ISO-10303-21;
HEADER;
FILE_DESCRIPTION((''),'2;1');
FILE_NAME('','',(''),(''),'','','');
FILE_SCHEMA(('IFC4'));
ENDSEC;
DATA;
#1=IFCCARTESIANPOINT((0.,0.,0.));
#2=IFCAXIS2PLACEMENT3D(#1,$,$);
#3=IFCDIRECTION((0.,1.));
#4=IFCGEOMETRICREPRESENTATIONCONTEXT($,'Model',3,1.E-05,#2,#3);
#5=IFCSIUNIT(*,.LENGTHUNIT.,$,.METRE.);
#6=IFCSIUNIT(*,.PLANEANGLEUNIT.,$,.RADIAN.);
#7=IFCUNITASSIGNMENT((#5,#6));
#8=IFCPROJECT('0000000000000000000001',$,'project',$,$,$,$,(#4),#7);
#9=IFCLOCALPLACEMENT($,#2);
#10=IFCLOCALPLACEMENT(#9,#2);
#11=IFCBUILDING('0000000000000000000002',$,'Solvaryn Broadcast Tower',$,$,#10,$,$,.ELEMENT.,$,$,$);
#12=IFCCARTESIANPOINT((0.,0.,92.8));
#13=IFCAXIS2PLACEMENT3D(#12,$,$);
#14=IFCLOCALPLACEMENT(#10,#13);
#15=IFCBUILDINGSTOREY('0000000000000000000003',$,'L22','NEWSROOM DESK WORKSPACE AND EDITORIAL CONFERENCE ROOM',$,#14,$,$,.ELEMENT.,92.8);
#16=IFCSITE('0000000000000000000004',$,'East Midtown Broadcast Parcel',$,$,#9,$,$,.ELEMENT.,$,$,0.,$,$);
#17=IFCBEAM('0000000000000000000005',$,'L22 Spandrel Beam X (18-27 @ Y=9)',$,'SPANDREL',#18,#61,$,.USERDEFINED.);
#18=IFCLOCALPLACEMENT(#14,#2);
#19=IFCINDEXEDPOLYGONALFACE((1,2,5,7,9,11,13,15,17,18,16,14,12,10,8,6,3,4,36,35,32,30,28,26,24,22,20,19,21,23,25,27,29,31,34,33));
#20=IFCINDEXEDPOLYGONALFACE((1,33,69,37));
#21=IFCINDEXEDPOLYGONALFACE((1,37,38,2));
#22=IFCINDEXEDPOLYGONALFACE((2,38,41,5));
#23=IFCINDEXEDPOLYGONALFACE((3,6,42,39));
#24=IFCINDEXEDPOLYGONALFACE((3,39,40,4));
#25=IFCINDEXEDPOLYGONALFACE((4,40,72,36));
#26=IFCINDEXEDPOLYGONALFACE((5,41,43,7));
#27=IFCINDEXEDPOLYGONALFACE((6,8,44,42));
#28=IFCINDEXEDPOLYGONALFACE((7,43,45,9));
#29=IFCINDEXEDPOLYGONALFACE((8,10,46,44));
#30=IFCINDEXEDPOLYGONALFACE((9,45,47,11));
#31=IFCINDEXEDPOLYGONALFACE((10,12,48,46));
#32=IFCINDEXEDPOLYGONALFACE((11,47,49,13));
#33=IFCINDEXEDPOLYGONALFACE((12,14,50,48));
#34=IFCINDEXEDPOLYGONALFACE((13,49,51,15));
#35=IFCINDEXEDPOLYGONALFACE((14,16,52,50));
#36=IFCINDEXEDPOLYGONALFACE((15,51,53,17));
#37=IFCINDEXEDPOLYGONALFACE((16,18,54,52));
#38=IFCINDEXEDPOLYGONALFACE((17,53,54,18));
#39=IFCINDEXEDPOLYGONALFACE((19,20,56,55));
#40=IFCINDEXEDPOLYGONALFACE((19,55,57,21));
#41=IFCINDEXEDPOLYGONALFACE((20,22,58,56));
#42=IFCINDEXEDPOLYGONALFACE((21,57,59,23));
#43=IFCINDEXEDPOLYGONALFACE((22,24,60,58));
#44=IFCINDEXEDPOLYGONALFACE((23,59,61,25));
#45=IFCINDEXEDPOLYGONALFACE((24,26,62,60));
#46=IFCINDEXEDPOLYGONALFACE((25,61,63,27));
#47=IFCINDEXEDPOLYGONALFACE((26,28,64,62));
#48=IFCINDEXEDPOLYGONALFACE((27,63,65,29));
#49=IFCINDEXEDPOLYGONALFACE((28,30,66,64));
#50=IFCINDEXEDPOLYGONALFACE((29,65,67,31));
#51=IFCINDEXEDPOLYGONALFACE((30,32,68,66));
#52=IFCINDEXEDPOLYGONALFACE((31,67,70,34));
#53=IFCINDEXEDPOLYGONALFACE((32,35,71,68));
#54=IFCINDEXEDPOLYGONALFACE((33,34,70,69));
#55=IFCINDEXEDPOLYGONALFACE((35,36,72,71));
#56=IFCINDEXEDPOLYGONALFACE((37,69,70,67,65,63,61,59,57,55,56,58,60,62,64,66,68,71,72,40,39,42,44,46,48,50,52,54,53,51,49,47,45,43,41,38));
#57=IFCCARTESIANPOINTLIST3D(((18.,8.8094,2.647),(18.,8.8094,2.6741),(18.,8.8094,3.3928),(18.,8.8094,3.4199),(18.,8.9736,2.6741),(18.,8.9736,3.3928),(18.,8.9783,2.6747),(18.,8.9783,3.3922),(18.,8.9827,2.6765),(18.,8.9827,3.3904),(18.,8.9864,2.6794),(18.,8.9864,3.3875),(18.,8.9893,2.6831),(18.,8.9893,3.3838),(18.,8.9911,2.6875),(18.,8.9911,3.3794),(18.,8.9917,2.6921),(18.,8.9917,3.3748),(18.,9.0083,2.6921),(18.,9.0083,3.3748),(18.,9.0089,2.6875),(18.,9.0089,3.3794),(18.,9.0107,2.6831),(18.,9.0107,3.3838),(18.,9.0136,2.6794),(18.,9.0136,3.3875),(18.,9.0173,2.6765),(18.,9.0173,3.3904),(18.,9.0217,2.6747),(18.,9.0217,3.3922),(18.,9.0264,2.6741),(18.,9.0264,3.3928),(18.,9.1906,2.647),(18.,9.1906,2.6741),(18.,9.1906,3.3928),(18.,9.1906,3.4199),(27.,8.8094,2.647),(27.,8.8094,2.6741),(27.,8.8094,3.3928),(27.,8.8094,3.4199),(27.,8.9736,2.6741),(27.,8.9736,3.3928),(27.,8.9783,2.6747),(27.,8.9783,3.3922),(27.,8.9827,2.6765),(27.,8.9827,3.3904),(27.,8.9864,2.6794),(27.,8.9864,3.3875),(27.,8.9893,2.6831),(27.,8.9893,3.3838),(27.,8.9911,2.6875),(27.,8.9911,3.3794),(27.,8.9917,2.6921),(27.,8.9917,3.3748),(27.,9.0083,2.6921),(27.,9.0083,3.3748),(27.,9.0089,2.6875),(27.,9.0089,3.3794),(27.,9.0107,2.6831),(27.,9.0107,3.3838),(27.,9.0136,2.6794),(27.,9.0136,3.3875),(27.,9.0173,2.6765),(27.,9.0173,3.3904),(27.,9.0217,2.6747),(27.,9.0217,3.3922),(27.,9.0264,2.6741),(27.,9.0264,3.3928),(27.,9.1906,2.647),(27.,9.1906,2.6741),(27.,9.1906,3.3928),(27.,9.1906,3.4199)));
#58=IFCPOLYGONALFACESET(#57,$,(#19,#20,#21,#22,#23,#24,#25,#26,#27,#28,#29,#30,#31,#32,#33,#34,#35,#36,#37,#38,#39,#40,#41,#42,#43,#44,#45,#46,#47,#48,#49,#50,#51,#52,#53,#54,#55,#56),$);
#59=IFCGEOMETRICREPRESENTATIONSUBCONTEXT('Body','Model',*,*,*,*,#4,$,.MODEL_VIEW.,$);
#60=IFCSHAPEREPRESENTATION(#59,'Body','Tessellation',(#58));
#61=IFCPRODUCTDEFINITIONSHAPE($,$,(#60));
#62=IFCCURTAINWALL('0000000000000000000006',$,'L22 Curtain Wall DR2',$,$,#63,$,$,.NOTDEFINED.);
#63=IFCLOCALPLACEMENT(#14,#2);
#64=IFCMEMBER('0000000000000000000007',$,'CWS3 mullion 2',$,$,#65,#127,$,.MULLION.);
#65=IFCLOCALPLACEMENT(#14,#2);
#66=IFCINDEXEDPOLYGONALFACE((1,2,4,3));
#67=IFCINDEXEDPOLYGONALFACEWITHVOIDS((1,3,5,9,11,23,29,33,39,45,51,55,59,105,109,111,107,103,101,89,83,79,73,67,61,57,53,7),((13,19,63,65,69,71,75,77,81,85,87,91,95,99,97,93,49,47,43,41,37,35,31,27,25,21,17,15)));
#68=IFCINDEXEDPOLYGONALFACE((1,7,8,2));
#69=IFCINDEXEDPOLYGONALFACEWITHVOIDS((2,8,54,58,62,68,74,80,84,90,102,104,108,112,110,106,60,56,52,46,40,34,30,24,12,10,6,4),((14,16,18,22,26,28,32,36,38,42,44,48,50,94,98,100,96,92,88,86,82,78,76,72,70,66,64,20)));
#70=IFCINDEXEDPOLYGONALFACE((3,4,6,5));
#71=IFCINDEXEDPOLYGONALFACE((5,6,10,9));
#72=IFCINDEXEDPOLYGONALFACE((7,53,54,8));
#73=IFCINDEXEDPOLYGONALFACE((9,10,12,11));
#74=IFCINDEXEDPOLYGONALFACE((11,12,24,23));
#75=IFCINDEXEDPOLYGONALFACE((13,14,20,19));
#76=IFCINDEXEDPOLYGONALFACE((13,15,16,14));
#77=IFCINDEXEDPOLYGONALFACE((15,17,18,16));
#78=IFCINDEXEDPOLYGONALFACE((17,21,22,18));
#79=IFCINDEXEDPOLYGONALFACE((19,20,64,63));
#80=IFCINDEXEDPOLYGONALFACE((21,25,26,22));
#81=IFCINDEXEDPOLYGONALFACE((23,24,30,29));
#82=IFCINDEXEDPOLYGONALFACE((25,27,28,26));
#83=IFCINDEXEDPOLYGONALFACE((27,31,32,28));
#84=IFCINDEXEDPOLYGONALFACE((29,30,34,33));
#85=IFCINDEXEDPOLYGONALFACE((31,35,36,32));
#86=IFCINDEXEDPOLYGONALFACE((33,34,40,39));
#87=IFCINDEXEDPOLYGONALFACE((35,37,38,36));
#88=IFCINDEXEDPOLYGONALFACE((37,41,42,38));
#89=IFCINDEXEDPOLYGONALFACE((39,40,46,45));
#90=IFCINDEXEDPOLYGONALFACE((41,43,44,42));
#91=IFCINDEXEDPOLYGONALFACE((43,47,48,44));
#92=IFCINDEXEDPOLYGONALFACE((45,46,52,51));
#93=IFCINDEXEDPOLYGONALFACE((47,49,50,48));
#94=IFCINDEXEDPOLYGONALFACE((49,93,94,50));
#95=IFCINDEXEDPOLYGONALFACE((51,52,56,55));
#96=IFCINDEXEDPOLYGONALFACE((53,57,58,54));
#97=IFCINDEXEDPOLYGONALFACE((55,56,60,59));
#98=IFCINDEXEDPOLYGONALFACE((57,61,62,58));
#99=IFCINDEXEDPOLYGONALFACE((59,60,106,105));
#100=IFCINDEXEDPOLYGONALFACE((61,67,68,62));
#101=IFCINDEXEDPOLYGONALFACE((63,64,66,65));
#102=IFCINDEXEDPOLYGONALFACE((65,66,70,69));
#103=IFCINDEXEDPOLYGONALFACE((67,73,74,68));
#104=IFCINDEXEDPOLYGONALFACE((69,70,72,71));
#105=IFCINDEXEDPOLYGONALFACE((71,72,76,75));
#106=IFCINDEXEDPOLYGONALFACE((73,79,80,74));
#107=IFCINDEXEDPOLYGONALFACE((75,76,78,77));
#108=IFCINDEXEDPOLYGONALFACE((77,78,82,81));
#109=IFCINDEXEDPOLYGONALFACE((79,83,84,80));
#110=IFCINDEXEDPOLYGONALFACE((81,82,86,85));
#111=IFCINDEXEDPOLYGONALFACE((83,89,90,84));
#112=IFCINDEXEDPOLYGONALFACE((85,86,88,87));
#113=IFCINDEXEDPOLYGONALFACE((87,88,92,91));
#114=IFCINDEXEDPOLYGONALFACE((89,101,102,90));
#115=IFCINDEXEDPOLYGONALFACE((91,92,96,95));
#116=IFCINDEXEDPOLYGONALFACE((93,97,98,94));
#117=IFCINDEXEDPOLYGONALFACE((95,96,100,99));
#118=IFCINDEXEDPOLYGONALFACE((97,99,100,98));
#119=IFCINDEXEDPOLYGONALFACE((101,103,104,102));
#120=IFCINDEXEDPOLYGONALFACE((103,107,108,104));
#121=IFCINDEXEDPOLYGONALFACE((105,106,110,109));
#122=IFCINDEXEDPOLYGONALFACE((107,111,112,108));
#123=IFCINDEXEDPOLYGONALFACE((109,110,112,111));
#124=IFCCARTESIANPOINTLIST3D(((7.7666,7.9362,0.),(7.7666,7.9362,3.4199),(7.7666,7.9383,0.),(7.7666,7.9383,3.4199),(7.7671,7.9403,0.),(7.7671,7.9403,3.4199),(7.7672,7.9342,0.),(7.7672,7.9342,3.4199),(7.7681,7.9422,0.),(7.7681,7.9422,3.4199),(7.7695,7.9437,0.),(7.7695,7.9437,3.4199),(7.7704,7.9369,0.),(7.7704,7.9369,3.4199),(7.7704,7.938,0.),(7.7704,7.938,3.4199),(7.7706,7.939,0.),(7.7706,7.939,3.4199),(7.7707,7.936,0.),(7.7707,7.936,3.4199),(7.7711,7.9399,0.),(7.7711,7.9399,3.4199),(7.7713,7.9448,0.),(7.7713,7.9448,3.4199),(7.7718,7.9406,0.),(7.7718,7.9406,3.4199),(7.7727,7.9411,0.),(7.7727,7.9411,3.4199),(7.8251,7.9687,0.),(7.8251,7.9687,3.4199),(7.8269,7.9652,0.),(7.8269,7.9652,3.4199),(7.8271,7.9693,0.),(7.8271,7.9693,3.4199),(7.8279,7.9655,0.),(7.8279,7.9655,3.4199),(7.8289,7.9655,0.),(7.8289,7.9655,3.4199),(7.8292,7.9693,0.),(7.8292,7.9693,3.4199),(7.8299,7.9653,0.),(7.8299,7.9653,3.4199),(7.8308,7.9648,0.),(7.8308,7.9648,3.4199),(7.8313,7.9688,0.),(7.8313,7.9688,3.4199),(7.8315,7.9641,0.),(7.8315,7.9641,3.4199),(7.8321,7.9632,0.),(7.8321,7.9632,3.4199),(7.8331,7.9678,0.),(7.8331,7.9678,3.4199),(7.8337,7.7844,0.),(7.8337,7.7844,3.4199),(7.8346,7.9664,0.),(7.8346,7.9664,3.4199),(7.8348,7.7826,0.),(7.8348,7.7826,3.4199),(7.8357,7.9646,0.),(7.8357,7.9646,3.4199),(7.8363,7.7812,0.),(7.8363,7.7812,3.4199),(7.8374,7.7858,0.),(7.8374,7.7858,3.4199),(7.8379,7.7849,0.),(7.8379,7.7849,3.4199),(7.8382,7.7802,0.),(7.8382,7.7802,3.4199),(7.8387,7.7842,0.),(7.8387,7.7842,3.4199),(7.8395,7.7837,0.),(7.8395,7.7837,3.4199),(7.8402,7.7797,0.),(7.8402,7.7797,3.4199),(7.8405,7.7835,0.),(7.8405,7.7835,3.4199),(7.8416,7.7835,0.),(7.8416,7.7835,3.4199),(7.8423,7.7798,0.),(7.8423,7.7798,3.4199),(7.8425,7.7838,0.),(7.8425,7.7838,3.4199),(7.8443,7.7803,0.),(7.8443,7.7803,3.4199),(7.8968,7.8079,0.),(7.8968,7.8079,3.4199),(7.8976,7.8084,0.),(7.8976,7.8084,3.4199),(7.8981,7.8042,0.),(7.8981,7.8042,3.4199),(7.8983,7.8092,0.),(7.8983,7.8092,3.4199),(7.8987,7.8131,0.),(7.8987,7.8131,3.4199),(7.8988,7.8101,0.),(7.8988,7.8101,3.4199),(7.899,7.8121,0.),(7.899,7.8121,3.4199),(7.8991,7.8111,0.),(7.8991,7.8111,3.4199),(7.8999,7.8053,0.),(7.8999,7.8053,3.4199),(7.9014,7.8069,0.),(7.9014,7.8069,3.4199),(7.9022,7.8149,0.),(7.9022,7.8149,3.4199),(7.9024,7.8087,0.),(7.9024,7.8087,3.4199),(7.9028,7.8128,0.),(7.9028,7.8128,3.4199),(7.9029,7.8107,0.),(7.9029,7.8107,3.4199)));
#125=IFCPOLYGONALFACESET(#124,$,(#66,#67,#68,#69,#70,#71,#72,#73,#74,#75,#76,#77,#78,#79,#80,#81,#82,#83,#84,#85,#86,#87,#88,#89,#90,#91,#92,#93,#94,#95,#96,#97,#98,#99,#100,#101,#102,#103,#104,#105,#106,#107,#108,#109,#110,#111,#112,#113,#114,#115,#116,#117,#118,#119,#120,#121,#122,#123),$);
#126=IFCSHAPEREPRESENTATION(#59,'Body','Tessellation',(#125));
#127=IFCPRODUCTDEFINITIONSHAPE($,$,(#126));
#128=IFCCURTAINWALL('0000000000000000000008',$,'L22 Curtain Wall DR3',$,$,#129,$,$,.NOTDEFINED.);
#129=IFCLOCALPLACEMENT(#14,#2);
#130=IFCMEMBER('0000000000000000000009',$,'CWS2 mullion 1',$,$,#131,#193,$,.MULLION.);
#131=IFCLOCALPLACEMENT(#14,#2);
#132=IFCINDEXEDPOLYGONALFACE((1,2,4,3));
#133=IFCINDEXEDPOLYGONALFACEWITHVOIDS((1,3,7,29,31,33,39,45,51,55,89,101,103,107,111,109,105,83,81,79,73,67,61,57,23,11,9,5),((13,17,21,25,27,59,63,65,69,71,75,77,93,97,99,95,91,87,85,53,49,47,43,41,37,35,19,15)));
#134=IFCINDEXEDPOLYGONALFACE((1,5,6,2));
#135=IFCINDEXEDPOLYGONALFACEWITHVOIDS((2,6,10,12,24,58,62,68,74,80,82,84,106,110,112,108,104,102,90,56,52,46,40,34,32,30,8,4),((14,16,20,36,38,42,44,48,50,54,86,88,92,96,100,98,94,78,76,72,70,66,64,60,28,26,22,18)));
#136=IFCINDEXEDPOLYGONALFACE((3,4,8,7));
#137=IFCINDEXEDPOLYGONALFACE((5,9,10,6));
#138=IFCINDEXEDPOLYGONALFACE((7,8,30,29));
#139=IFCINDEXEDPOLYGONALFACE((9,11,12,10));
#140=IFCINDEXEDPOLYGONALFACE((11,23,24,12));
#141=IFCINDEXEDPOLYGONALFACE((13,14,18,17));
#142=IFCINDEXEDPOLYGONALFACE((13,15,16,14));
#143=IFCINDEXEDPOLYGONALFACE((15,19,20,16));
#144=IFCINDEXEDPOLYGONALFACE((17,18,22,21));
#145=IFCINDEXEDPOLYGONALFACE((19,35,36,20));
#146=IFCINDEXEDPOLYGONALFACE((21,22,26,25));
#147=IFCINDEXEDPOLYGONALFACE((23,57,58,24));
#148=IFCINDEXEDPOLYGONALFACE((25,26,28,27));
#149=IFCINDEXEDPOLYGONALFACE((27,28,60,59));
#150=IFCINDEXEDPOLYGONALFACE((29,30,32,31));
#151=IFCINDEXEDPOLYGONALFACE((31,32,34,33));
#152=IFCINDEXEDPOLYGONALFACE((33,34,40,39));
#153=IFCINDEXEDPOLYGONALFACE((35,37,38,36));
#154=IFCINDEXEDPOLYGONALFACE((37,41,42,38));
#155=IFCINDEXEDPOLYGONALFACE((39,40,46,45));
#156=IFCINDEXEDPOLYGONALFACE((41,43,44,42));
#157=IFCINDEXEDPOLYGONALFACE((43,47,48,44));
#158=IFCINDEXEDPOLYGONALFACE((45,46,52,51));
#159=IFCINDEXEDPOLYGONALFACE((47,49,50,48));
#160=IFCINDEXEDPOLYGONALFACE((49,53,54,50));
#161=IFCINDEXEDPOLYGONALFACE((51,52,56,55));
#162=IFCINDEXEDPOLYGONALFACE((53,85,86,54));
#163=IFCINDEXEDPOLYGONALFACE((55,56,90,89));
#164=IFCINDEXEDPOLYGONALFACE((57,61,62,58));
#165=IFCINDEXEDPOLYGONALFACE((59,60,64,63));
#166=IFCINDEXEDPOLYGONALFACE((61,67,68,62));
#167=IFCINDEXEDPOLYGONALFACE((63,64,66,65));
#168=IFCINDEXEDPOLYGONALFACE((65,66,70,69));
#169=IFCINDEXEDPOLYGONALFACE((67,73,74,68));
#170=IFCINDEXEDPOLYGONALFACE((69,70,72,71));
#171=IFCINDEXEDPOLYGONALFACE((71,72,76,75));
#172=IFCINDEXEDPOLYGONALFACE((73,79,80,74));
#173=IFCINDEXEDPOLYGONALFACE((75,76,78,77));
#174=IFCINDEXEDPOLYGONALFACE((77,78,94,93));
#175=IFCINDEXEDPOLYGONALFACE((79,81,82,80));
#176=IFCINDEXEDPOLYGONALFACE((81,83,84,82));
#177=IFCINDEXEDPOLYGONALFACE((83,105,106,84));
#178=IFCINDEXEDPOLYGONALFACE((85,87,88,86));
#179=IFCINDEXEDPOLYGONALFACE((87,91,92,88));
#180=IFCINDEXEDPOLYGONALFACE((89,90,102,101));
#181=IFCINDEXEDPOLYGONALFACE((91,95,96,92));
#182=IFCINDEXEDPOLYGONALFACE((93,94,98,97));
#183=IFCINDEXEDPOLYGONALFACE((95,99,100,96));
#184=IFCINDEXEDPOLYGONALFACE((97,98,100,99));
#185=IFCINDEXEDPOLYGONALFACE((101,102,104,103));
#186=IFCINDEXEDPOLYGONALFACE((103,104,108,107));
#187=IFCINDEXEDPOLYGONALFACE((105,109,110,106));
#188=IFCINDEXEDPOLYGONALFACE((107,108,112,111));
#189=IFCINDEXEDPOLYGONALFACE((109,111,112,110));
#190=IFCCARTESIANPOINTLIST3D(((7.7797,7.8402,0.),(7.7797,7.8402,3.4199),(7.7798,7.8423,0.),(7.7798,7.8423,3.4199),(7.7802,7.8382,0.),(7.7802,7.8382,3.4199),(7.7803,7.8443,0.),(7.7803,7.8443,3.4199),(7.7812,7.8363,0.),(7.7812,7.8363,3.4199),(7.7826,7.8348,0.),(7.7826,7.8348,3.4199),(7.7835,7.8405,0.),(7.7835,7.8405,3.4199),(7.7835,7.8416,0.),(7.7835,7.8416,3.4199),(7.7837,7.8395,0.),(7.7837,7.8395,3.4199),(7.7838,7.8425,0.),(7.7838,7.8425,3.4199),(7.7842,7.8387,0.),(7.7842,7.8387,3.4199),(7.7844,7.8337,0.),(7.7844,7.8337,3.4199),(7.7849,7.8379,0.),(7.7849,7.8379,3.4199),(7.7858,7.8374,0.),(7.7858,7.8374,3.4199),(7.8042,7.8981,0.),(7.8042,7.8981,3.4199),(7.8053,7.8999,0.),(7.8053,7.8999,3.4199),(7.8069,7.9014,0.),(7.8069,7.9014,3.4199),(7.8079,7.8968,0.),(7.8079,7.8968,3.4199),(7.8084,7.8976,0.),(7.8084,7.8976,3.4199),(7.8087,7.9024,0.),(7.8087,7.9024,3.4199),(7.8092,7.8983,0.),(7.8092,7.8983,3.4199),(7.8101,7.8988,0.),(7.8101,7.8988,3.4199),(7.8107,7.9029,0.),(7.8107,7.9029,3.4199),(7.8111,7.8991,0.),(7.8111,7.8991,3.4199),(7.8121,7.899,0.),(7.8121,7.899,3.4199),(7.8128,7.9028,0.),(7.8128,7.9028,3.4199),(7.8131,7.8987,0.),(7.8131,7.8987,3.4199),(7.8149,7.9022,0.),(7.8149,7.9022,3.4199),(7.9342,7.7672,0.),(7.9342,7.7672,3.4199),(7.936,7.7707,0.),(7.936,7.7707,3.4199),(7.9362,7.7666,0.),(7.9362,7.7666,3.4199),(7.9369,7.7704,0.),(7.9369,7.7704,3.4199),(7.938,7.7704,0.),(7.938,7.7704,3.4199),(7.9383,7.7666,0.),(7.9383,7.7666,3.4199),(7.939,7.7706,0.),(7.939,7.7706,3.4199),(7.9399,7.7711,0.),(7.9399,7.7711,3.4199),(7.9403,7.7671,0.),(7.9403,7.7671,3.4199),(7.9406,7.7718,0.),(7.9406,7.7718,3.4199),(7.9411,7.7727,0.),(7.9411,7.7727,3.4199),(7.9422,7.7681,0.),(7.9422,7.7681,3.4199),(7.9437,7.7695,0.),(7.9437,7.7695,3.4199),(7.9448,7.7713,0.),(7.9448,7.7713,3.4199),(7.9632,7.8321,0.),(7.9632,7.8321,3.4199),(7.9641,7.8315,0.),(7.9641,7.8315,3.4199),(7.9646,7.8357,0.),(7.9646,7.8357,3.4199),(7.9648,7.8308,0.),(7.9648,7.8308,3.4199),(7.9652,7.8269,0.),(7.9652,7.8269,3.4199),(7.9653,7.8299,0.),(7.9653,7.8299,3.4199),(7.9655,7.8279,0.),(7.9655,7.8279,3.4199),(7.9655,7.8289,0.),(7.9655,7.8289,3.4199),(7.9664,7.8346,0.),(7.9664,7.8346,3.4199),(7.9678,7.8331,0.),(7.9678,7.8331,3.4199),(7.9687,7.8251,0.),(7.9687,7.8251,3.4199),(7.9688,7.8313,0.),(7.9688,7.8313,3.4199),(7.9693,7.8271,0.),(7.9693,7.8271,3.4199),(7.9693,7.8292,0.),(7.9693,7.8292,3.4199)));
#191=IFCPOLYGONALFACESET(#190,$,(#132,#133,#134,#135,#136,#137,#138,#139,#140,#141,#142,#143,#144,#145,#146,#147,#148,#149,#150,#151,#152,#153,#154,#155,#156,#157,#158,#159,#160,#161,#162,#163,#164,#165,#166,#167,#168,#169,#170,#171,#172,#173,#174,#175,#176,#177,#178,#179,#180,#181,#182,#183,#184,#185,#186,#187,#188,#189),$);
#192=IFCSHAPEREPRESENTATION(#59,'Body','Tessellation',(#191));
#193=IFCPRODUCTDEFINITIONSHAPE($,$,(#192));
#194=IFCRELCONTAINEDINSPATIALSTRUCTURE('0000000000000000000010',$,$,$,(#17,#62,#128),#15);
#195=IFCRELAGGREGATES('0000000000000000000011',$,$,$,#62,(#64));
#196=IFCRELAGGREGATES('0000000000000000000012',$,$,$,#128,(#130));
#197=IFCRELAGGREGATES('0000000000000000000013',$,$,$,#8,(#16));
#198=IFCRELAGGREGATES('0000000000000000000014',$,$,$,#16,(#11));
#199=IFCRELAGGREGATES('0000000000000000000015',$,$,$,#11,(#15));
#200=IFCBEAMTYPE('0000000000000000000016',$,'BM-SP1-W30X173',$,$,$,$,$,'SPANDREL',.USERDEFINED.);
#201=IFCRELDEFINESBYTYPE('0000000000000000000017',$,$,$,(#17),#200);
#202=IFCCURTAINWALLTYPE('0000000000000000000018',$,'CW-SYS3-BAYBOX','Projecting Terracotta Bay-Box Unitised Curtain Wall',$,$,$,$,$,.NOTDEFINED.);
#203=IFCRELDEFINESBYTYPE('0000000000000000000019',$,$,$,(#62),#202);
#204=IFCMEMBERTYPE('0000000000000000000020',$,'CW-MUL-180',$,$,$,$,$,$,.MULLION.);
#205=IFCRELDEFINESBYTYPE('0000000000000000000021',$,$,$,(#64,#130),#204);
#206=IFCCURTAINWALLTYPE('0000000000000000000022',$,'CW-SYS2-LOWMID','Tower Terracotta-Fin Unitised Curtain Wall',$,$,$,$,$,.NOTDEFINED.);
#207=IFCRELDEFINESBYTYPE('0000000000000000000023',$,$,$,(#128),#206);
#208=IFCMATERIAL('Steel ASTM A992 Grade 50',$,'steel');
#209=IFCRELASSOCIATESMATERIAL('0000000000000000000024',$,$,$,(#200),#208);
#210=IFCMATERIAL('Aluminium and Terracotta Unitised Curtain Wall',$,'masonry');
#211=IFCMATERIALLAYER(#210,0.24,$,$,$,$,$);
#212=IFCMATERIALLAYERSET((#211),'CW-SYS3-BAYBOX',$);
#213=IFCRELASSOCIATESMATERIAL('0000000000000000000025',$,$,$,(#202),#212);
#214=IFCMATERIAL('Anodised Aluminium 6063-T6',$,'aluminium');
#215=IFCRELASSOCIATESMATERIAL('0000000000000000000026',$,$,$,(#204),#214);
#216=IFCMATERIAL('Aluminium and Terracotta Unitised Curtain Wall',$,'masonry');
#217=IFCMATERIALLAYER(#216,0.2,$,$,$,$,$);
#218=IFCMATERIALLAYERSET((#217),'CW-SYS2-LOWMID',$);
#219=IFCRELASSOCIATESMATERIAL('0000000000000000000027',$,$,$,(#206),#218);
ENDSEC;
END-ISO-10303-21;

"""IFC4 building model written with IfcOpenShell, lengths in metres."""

from ifc_helpers import new_model, si_unit, direction, frame, origin, origin_2d, place, context, subcontext, project, spatial, hollow_rectangle, i_section, extrude, material, layer, layer_set, material_profile, profile_set, type_object, element, aggregate, save


model = new_model("IFC4")

# Units and contexts
model_context = context("Model", 3, precision=1e-05, world=origin(), true_north=direction((0.0, 1.0)))
body_context = subcontext(model_context, "Body", "Model", "MODEL_VIEW")
ifc_project = project(units=[si_unit("LENGTHUNIT", "METRE"), si_unit("PLANEANGLEUNIT", "RADIAN")], contexts=[model_context])

# Site, building, storey
site_placement = place(None, origin())
site = spatial("IfcSite", under=ifc_project, at=site_placement, Name="East Midtown Broadcast Parcel", CompositionType="ELEMENT", RefElevation=0.0)
building_placement = place(site_placement, origin())
building = spatial("IfcBuilding", under=site, at=building_placement, Name="Solvaryn Broadcast Tower", CompositionType="ELEMENT")
storey_placement = place(building_placement, frame((0.0, 0.0, 92.8)))
storey = spatial("IfcBuildingStorey", under=building, at=storey_placement, Name="L22", Description="NEWSROOM DESK WORKSPACE AND EDITORIAL CONFERENCE ROOM", CompositionType="ELEMENT", Elevation=92.8)

# Beam
ifc_material_1 = material(Name="Steel ASTM A992 Grade 50", Category="steel")
ifc_material_profile_1 = material_profile(ifc_material_1, i_section(OverallWidth=0.3811, OverallDepth=0.7729, WebThickness=0.0166, FlangeThickness=0.0271, FilletRadius=0.0181, at=origin_2d()))
ifc_profile_set_1 = profile_set([ifc_material_profile_1], Name="Steel ASTM A992 Grade 50")
beam_type_1 = type_object("IfcBeamType", Name="BM-SP1-W30X173", ElementType="SPANDREL", PredefinedType="USERDEFINED", material=ifc_profile_set_1)
beam_1_placement = place(storey_placement, frame((18.0, 9.0, 3.0334), z_axis=(1.0, 0.0, 0.0), x_axis=(0.0, 1.0, 0.0)))
element("IfcBeam", 1, at=beam_1_placement, inside=storey, type_object=beam_type_1, Name="L22 Spandrel Beam X (18-27 @ Y=9)", ObjectType="SPANDREL", PredefinedType="USERDEFINED", context=body_context, shape_type="SweptSolid", body=[
    extrude(i_section(OverallWidth=0.3811, OverallDepth=0.7729, WebThickness=0.0166, FlangeThickness=0.0271, FilletRadius=0.0181, at=origin_2d()), origin(), (0.0, 0.0, 1.0), 9.0),
])

# Curtain wall, member
ifc_material_2 = material(Name="Aluminium and Terracotta Unitised Curtain Wall", Category="masonry")
ifc_layer_1 = layer(ifc_material_2, 0.24)
ifc_layer_set_1 = layer_set([ifc_layer_1], Name="CW-SYS3-BAYBOX")
curtain_wall_type_1 = type_object("IfcCurtainWallType", Name="CW-SYS3-BAYBOX", Description="Projecting Terracotta Bay-Box Unitised Curtain Wall", PredefinedType="NOTDEFINED", material=ifc_layer_set_1)
curtain_wall_1_placement = place(storey_placement, origin())
curtain_wall_1 = element("IfcCurtainWall", 2, at=curtain_wall_1_placement, inside=storey, type_object=curtain_wall_type_1, Name="L22 Curtain Wall DR2", PredefinedType="NOTDEFINED")
ifc_material_3 = material(Name="Anodised Aluminium 6063-T6", Category="aluminium")
ifc_material_profile_2 = material_profile(ifc_material_3, hollow_rectangle(XDim=0.075, YDim=0.1799, WallThickness=0.0039, InnerFilletRadius=0.0039, OuterFilletRadius=0.0081, at=origin_2d()))
ifc_profile_set_2 = profile_set([ifc_material_profile_2], Name="Anodised Aluminium 6063-T6")
member_type_1 = type_object("IfcMemberType", Name="CW-MUL-180", PredefinedType="MULLION", material=ifc_profile_set_2)
member_1_placement = place(storey_placement, frame((7.8347, 7.8745, 0.0), z_axis=(0.0, 0.0, 1.0), x_axis=(0.913918, 0.405898, 0.0)))
member_1 = element("IfcMember", 3, at=member_1_placement, type_object=member_type_1, Name="CWS3 mullion 2", PredefinedType="MULLION", context=body_context, shape_type="SweptSolid", body=[
    extrude(hollow_rectangle(XDim=0.075, YDim=0.1799, WallThickness=0.0039, InnerFilletRadius=0.0039, OuterFilletRadius=0.0081, at=origin_2d()), origin(), (0.0, 0.0, 1.0), 3.4199),
])
aggregate(curtain_wall_1, [member_1])

# Curtain wall, member
ifc_material_4 = material(Name="Aluminium and Terracotta Unitised Curtain Wall", Category="masonry")
ifc_layer_2 = layer(ifc_material_4, 0.2)
ifc_layer_set_2 = layer_set([ifc_layer_2], Name="CW-SYS2-LOWMID")
curtain_wall_type_2 = type_object("IfcCurtainWallType", Name="CW-SYS2-LOWMID", Description="Tower Terracotta-Fin Unitised Curtain Wall", PredefinedType="NOTDEFINED", material=ifc_layer_set_2)
curtain_wall_2_placement = place(storey_placement, origin())
curtain_wall_2 = element("IfcCurtainWall", 4, at=curtain_wall_2_placement, inside=storey, type_object=curtain_wall_type_2, Name="L22 Curtain Wall DR3", PredefinedType="NOTDEFINED")
member_2_placement = place(storey_placement, frame((7.8745, 7.8347, 0.0), z_axis=(0.0, 0.0, 1.0), x_axis=(0.405898, 0.913918, 0.0)))
member_2 = element("IfcMember", 5, at=member_2_placement, type_object=member_type_1, Name="CWS2 mullion 1", PredefinedType="MULLION", context=body_context, shape_type="SweptSolid", body=[
    extrude(hollow_rectangle(XDim=0.075, YDim=0.1799, WallThickness=0.0039, InnerFilletRadius=0.0039, OuterFilletRadius=0.0081, at=origin_2d()), origin(), (0.0, 0.0, 1.0), 3.4199),
])
aggregate(curtain_wall_2, [member_2])

save(model, "model.ifc")
